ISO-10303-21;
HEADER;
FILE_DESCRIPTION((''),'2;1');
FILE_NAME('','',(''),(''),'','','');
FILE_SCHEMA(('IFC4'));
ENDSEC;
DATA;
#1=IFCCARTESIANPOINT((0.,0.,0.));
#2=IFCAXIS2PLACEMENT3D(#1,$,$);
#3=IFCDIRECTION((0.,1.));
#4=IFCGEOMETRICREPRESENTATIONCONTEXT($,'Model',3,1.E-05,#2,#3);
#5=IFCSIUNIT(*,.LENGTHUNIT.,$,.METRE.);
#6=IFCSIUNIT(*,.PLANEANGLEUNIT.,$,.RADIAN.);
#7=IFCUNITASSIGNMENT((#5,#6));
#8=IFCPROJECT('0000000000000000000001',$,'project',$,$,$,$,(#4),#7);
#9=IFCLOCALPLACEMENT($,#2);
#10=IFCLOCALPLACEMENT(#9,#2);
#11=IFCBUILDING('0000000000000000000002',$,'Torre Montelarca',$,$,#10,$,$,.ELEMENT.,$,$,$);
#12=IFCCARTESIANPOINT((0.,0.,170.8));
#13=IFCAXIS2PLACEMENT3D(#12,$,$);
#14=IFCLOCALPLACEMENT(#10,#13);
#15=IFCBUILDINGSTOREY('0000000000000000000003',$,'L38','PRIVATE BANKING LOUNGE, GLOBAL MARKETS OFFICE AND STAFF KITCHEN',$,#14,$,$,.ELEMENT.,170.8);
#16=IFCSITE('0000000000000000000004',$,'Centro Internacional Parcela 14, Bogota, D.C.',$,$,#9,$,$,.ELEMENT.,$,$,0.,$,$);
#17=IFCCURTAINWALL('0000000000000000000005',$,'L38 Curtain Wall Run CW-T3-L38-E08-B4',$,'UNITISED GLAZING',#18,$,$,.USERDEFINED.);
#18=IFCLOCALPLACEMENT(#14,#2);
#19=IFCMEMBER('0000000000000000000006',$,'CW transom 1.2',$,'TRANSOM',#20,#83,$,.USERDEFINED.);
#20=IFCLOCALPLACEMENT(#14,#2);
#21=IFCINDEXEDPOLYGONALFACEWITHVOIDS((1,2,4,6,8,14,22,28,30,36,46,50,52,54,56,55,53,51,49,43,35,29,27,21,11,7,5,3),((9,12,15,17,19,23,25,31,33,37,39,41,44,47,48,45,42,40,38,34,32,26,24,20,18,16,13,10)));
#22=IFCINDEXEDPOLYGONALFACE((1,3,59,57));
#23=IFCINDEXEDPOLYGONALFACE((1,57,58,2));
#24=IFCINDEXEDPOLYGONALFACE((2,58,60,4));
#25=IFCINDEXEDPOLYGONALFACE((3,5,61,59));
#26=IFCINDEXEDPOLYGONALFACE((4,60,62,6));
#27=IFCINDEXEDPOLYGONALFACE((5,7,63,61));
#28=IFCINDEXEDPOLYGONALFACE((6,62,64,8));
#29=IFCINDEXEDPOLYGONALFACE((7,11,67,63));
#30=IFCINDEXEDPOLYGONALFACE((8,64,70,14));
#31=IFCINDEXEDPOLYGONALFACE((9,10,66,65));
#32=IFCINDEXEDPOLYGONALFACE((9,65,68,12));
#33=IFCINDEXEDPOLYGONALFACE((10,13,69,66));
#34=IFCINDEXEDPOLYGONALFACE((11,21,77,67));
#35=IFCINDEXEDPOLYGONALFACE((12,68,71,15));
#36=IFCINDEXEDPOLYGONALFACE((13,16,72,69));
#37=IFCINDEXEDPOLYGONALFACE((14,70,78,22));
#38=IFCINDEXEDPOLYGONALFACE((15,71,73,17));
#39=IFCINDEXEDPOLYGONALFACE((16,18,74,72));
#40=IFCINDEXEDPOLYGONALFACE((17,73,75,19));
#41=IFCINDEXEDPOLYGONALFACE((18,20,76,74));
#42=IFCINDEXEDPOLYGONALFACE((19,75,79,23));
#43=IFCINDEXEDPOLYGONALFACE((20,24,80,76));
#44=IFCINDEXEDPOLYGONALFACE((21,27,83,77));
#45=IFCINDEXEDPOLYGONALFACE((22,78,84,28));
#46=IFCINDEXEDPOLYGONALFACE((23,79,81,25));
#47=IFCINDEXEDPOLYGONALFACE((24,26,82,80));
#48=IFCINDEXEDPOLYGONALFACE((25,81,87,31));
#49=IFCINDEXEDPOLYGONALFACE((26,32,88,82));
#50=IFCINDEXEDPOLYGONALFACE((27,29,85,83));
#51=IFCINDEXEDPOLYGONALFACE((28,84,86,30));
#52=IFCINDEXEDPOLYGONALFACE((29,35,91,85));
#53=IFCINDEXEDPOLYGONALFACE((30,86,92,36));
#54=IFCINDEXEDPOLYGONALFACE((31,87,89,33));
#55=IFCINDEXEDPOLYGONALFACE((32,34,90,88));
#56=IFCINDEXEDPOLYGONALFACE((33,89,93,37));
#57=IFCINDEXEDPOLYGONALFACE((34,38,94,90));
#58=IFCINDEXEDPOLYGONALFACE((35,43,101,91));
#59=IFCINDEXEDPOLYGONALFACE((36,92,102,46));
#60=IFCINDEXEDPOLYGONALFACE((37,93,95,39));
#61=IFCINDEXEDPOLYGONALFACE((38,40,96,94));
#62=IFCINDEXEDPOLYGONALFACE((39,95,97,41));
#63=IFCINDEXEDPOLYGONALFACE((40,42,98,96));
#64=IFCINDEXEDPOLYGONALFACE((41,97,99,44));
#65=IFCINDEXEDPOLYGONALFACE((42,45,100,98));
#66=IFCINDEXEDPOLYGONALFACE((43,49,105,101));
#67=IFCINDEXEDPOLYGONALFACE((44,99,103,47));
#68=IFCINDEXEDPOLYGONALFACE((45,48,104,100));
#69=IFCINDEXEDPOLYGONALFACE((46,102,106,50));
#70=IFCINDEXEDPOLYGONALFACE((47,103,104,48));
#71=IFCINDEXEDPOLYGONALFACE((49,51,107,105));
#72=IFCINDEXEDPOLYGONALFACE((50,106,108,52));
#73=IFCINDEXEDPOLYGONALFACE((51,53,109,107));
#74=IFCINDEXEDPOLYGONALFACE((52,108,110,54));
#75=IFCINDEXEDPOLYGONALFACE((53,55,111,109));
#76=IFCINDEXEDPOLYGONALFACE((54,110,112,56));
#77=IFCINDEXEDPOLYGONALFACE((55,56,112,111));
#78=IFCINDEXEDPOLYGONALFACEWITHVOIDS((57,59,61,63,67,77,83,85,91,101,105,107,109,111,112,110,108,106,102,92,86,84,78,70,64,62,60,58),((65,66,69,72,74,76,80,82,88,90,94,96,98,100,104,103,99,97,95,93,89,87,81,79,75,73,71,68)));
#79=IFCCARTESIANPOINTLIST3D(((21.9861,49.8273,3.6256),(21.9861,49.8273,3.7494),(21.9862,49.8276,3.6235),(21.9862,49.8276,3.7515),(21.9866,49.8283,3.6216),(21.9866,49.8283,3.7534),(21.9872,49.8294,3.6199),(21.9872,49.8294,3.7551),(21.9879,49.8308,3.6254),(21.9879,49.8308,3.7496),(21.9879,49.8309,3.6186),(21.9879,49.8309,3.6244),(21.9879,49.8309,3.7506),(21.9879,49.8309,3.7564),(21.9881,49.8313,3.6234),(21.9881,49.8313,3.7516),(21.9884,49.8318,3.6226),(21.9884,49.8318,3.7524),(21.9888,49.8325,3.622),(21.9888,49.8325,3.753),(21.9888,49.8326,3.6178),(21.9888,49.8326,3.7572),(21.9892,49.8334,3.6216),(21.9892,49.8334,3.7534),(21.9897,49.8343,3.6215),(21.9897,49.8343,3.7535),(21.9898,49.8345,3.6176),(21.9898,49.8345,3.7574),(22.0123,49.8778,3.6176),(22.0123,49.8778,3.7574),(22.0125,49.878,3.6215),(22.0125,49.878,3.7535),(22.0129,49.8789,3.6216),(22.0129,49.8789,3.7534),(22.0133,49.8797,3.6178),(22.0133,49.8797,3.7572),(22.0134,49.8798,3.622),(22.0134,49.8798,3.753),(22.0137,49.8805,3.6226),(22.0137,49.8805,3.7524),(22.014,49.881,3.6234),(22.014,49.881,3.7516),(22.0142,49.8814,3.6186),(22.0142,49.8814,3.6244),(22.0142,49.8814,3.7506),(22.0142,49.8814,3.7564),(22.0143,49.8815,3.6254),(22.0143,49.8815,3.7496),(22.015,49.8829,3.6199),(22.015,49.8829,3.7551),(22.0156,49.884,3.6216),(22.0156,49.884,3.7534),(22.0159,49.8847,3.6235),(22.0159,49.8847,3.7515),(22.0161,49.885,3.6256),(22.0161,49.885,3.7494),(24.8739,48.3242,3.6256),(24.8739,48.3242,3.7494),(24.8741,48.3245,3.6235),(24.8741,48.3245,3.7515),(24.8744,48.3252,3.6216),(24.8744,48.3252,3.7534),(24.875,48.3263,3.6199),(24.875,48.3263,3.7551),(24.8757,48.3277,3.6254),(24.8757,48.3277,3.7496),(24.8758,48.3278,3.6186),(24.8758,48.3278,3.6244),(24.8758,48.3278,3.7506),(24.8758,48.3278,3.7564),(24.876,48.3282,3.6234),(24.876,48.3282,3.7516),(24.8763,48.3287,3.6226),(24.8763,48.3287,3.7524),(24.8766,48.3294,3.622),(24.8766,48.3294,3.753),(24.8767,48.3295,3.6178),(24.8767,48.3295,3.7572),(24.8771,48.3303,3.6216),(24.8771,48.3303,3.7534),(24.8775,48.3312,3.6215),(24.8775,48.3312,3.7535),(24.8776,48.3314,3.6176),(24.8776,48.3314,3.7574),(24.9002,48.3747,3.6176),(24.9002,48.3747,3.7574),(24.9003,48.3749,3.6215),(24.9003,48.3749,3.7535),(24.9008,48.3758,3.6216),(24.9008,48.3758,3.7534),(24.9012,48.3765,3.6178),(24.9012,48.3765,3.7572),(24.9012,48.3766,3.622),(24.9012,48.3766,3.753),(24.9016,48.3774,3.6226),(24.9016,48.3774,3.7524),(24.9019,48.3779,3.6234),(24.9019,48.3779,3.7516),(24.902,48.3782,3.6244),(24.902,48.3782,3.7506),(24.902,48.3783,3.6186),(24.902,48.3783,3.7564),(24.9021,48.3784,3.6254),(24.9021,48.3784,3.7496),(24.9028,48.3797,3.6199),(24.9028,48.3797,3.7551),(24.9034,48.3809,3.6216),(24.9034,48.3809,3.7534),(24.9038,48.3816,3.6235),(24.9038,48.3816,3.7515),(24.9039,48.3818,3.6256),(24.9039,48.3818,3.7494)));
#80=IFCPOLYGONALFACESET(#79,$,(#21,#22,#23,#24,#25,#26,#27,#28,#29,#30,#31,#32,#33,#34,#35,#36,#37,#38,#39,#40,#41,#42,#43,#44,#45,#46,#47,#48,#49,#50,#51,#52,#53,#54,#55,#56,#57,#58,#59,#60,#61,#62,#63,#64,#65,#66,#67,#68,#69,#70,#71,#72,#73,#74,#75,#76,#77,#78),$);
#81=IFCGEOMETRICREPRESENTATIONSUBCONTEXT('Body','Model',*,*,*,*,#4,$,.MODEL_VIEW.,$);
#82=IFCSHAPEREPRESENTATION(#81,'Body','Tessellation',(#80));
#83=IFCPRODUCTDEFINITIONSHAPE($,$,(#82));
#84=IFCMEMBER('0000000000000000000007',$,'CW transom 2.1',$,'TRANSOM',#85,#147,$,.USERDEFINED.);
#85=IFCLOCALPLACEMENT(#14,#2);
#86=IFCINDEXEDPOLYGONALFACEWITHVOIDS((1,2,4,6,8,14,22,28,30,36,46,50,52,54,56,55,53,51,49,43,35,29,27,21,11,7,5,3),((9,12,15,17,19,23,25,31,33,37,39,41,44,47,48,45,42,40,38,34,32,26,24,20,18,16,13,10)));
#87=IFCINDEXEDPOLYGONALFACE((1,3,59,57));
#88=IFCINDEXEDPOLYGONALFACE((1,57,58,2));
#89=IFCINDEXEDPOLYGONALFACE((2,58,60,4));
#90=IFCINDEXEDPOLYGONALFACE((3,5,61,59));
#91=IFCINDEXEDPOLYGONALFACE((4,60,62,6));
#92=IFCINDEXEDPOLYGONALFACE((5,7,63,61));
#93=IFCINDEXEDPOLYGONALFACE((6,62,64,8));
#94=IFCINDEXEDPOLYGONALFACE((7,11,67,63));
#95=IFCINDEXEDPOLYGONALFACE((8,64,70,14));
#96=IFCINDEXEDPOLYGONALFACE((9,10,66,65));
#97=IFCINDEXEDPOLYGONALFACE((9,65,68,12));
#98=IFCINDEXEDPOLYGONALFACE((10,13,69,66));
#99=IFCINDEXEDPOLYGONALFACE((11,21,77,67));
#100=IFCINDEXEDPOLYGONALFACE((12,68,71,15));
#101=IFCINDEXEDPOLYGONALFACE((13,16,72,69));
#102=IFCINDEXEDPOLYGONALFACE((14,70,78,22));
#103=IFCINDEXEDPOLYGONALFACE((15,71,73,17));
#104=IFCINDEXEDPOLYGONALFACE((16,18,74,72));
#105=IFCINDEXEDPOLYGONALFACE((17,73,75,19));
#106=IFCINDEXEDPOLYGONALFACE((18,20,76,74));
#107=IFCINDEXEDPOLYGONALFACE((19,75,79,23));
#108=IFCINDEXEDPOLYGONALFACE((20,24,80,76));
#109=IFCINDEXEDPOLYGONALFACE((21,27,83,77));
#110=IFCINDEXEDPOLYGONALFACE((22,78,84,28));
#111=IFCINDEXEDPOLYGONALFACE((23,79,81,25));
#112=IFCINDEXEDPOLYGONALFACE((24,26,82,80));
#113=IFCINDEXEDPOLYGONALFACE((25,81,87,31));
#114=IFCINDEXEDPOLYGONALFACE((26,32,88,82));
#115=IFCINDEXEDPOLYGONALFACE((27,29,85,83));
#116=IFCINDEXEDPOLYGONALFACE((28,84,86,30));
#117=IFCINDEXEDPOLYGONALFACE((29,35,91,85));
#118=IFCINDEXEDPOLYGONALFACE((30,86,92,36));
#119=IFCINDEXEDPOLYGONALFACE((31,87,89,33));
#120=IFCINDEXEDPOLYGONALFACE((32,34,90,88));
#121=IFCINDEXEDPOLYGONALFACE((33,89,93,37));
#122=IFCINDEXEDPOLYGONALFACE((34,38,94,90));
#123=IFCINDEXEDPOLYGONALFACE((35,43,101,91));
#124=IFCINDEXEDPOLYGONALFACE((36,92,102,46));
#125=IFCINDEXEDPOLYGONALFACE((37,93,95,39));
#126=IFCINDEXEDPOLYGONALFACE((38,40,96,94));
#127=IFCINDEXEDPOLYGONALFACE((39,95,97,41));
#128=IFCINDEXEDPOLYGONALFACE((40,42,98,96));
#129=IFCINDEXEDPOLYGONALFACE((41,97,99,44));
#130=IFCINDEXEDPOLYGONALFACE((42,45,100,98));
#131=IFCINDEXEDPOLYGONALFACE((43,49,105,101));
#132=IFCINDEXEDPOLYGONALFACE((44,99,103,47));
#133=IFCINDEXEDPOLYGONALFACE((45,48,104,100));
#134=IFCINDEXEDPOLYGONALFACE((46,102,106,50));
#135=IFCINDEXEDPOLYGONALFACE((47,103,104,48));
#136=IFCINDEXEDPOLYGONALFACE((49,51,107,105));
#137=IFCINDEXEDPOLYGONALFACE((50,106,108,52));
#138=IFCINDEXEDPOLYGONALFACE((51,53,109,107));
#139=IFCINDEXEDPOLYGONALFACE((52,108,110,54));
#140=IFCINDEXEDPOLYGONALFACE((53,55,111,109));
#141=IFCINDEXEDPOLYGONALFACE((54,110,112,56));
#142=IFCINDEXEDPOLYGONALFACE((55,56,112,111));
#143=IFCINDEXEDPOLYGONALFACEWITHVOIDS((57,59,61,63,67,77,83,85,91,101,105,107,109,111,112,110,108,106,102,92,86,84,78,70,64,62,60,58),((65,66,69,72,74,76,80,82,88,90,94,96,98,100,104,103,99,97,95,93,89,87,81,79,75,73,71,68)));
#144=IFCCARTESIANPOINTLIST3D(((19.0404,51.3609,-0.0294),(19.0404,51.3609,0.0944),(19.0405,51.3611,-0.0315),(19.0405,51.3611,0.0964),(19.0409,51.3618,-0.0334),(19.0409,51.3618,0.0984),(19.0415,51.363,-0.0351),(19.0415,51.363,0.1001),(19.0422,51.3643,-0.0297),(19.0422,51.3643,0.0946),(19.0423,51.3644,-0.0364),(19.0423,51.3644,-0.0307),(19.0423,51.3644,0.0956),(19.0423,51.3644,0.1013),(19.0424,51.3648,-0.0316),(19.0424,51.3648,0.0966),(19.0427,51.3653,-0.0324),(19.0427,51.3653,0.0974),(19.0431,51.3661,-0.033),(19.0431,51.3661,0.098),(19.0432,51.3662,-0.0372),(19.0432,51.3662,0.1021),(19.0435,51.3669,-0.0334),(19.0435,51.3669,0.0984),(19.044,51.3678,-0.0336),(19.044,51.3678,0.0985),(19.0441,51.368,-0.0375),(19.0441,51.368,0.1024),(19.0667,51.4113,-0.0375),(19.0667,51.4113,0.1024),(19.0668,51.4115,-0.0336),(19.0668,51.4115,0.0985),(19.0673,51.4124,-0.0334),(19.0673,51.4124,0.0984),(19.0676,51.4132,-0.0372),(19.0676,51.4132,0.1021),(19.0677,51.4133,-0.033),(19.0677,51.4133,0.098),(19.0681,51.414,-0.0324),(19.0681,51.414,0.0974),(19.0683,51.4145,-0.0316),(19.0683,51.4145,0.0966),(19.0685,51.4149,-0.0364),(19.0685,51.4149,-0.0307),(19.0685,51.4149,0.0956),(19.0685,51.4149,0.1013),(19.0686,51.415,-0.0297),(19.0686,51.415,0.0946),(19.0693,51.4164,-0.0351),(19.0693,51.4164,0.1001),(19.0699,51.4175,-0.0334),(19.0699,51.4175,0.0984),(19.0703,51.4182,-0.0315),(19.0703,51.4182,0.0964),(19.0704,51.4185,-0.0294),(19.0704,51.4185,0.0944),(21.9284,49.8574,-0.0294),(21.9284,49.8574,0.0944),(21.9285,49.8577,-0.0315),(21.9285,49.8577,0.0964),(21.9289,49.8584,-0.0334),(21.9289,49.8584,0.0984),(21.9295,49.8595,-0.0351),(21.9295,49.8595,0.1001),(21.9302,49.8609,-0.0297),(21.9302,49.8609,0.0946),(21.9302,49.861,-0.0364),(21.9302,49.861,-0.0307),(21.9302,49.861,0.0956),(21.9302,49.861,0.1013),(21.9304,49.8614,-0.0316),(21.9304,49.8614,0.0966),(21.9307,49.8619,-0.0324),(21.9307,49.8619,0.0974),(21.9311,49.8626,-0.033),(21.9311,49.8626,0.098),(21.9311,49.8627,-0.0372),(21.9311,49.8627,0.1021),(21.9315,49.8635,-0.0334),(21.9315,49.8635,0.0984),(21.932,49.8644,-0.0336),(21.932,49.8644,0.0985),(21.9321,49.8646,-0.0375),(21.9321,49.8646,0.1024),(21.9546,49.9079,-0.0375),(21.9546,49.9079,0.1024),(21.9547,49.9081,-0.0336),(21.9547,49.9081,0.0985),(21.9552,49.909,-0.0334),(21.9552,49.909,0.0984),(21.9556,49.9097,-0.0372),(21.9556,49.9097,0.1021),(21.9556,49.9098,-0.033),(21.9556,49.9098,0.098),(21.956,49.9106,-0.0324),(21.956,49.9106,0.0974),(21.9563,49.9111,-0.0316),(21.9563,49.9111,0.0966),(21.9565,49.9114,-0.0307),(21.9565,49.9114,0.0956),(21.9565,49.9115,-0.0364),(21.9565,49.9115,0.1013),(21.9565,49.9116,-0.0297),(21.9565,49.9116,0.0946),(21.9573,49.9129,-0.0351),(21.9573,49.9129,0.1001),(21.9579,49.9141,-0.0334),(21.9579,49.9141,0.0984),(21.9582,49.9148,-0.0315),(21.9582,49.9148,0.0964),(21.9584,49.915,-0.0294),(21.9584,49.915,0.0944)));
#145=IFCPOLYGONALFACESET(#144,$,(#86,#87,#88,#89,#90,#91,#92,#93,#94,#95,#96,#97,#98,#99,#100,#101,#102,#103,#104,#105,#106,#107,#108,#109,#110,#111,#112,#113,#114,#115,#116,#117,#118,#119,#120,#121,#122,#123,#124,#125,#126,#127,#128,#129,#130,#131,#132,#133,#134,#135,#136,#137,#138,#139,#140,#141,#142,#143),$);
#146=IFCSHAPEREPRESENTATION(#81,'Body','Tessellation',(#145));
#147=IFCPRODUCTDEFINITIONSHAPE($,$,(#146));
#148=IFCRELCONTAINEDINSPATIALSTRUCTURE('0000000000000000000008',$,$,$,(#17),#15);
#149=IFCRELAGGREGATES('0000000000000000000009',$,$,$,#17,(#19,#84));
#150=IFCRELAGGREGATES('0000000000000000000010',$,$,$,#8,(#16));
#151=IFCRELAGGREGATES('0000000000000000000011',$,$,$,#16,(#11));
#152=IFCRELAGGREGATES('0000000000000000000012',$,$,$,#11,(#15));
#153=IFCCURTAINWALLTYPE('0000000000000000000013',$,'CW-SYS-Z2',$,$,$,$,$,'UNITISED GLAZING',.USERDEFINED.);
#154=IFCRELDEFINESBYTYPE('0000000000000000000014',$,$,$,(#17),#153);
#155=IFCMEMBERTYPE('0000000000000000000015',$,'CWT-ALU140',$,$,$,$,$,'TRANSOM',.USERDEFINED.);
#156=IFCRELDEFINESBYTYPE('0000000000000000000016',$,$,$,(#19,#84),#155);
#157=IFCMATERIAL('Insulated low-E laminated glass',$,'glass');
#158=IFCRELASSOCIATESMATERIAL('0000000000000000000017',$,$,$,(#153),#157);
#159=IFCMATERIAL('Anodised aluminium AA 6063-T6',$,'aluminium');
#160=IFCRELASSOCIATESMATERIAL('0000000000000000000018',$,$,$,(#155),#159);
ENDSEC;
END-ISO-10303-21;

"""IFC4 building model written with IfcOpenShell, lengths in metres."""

from ifc_helpers import new_model, si_unit, direction, frame, origin, origin_2d, place, context, subcontext, project, spatial, hollow_rectangle, extrude, source, transform, mapped, material, material_profile, profile_set, type_object, element, aggregate, save


model = new_model("IFC4")

# Units and contexts
model_context = context("Model", 3, precision=1e-05, world=origin(), true_north=direction((0.0, 1.0)))
body_context = subcontext(model_context, "Body", "Model", "MODEL_VIEW")
ifc_project = project(units=[si_unit("LENGTHUNIT", "METRE"), si_unit("PLANEANGLEUNIT", "RADIAN")], contexts=[model_context])

# Site, building, storey
site_placement = place(None, origin())
site = spatial("IfcSite", under=ifc_project, at=site_placement, Name="Centro Internacional Parcela 14, Bogota, D.C.", CompositionType="ELEMENT", RefElevation=0.0)
building_placement = place(site_placement, origin())
building = spatial("IfcBuilding", under=site, at=building_placement, Name="Torre Montelarca", CompositionType="ELEMENT")
storey_placement = place(building_placement, frame((0.0, 0.0, 170.8)))
storey = spatial("IfcBuildingStorey", under=building, at=storey_placement, Name="L38", Description="PRIVATE BANKING LOUNGE, GLOBAL MARKETS OFFICE AND STAFF KITCHEN", CompositionType="ELEMENT", Elevation=170.8)

# Shared definitions
ifc_material_1 = material(Name="Insulated low-E laminated glass", Category="glass")
curtain_wall_type = type_object("IfcCurtainWallType", Name="CW-SYS-Z2", ElementType="UNITISED GLAZING", PredefinedType="USERDEFINED", material=ifc_material_1)
ifc_material_2 = material(Name="Anodised aluminium AA 6063-T6", Category="aluminium")

# Curtain wall
curtain_wall_1_placement = place(storey_placement, origin())
curtain_wall_1 = element("IfcCurtainWall", 1, at=curtain_wall_1_placement, inside=storey, type_object=curtain_wall_type, Name="L38 Curtain Wall Run CW-T3-L38-E08-B4", ObjectType="UNITISED GLAZING", PredefinedType="USERDEFINED")

# Members
ifc_material_profile_1 = material_profile(ifc_material_2, hollow_rectangle(XDim=0.0649, YDim=0.1399, WallThickness=0.0039, InnerFilletRadius=0.0039, OuterFilletRadius=0.0081, at=origin_2d()), Name="ALU65X140X4", Category="aluminium")
ifc_profile_set_1 = profile_set([ifc_material_profile_1], Name="Anodised aluminium AA 6063-T6")
member_type_1 = type_object("IfcMemberType", Name="CWT-ALU140", ElementType="TRANSOM", PredefinedType="USERDEFINED", material=ifc_profile_set_1)
shared_shape_1 = source(origin(), body_context, "Body", "SweptSolid", [
    extrude(hollow_rectangle(XDim=0.0649, YDim=0.1399, WallThickness=0.0039, InnerFilletRadius=0.0039, OuterFilletRadius=0.0081, at=origin_2d()), origin(), (0.0, 0.0, 1.0), 3.2556),
])
member_1_placement = place(storey_placement, frame((24.8889, 48.353, 3.6875), z_axis=(-0.887035, 0.461702, 0.0), x_axis=(-0.461702, -0.887035, 0.0)))
member_1 = element("IfcMember", 2, at=member_1_placement, type_object=member_type_1, Name="CW transom 1.2", ObjectType="TRANSOM", PredefinedType="USERDEFINED", context=body_context, shape_type="MappedRepresentation", body=[
    mapped(shared_shape_1, transform((0.0, 0.0, 0.0), scale=1.0)),
])
shared_shape_2 = source(origin(), body_context, "Body", "SweptSolid", [
    extrude(hollow_rectangle(XDim=0.0649, YDim=0.1399, WallThickness=0.0039, InnerFilletRadius=0.0039, OuterFilletRadius=0.0081, at=origin_2d()), origin(), (0.0, 0.0, 1.0), 3.2559),
])
member_2_placement = place(storey_placement, frame((21.9434, 49.8862, 0.0325), z_axis=(-0.887004, 0.461761, 0.0), x_axis=(-0.461761, -0.887004, 0.0)))
member_2 = element("IfcMember", 3, at=member_2_placement, type_object=member_type_1, Name="CW transom 2.1", ObjectType="TRANSOM", PredefinedType="USERDEFINED", context=body_context, shape_type="MappedRepresentation", body=[
    mapped(shared_shape_2, transform((0.0, 0.0, 0.0), scale=1.0)),
])

aggregate(curtain_wall_1, [member_1, member_2])

save(model, "model.ifc")
